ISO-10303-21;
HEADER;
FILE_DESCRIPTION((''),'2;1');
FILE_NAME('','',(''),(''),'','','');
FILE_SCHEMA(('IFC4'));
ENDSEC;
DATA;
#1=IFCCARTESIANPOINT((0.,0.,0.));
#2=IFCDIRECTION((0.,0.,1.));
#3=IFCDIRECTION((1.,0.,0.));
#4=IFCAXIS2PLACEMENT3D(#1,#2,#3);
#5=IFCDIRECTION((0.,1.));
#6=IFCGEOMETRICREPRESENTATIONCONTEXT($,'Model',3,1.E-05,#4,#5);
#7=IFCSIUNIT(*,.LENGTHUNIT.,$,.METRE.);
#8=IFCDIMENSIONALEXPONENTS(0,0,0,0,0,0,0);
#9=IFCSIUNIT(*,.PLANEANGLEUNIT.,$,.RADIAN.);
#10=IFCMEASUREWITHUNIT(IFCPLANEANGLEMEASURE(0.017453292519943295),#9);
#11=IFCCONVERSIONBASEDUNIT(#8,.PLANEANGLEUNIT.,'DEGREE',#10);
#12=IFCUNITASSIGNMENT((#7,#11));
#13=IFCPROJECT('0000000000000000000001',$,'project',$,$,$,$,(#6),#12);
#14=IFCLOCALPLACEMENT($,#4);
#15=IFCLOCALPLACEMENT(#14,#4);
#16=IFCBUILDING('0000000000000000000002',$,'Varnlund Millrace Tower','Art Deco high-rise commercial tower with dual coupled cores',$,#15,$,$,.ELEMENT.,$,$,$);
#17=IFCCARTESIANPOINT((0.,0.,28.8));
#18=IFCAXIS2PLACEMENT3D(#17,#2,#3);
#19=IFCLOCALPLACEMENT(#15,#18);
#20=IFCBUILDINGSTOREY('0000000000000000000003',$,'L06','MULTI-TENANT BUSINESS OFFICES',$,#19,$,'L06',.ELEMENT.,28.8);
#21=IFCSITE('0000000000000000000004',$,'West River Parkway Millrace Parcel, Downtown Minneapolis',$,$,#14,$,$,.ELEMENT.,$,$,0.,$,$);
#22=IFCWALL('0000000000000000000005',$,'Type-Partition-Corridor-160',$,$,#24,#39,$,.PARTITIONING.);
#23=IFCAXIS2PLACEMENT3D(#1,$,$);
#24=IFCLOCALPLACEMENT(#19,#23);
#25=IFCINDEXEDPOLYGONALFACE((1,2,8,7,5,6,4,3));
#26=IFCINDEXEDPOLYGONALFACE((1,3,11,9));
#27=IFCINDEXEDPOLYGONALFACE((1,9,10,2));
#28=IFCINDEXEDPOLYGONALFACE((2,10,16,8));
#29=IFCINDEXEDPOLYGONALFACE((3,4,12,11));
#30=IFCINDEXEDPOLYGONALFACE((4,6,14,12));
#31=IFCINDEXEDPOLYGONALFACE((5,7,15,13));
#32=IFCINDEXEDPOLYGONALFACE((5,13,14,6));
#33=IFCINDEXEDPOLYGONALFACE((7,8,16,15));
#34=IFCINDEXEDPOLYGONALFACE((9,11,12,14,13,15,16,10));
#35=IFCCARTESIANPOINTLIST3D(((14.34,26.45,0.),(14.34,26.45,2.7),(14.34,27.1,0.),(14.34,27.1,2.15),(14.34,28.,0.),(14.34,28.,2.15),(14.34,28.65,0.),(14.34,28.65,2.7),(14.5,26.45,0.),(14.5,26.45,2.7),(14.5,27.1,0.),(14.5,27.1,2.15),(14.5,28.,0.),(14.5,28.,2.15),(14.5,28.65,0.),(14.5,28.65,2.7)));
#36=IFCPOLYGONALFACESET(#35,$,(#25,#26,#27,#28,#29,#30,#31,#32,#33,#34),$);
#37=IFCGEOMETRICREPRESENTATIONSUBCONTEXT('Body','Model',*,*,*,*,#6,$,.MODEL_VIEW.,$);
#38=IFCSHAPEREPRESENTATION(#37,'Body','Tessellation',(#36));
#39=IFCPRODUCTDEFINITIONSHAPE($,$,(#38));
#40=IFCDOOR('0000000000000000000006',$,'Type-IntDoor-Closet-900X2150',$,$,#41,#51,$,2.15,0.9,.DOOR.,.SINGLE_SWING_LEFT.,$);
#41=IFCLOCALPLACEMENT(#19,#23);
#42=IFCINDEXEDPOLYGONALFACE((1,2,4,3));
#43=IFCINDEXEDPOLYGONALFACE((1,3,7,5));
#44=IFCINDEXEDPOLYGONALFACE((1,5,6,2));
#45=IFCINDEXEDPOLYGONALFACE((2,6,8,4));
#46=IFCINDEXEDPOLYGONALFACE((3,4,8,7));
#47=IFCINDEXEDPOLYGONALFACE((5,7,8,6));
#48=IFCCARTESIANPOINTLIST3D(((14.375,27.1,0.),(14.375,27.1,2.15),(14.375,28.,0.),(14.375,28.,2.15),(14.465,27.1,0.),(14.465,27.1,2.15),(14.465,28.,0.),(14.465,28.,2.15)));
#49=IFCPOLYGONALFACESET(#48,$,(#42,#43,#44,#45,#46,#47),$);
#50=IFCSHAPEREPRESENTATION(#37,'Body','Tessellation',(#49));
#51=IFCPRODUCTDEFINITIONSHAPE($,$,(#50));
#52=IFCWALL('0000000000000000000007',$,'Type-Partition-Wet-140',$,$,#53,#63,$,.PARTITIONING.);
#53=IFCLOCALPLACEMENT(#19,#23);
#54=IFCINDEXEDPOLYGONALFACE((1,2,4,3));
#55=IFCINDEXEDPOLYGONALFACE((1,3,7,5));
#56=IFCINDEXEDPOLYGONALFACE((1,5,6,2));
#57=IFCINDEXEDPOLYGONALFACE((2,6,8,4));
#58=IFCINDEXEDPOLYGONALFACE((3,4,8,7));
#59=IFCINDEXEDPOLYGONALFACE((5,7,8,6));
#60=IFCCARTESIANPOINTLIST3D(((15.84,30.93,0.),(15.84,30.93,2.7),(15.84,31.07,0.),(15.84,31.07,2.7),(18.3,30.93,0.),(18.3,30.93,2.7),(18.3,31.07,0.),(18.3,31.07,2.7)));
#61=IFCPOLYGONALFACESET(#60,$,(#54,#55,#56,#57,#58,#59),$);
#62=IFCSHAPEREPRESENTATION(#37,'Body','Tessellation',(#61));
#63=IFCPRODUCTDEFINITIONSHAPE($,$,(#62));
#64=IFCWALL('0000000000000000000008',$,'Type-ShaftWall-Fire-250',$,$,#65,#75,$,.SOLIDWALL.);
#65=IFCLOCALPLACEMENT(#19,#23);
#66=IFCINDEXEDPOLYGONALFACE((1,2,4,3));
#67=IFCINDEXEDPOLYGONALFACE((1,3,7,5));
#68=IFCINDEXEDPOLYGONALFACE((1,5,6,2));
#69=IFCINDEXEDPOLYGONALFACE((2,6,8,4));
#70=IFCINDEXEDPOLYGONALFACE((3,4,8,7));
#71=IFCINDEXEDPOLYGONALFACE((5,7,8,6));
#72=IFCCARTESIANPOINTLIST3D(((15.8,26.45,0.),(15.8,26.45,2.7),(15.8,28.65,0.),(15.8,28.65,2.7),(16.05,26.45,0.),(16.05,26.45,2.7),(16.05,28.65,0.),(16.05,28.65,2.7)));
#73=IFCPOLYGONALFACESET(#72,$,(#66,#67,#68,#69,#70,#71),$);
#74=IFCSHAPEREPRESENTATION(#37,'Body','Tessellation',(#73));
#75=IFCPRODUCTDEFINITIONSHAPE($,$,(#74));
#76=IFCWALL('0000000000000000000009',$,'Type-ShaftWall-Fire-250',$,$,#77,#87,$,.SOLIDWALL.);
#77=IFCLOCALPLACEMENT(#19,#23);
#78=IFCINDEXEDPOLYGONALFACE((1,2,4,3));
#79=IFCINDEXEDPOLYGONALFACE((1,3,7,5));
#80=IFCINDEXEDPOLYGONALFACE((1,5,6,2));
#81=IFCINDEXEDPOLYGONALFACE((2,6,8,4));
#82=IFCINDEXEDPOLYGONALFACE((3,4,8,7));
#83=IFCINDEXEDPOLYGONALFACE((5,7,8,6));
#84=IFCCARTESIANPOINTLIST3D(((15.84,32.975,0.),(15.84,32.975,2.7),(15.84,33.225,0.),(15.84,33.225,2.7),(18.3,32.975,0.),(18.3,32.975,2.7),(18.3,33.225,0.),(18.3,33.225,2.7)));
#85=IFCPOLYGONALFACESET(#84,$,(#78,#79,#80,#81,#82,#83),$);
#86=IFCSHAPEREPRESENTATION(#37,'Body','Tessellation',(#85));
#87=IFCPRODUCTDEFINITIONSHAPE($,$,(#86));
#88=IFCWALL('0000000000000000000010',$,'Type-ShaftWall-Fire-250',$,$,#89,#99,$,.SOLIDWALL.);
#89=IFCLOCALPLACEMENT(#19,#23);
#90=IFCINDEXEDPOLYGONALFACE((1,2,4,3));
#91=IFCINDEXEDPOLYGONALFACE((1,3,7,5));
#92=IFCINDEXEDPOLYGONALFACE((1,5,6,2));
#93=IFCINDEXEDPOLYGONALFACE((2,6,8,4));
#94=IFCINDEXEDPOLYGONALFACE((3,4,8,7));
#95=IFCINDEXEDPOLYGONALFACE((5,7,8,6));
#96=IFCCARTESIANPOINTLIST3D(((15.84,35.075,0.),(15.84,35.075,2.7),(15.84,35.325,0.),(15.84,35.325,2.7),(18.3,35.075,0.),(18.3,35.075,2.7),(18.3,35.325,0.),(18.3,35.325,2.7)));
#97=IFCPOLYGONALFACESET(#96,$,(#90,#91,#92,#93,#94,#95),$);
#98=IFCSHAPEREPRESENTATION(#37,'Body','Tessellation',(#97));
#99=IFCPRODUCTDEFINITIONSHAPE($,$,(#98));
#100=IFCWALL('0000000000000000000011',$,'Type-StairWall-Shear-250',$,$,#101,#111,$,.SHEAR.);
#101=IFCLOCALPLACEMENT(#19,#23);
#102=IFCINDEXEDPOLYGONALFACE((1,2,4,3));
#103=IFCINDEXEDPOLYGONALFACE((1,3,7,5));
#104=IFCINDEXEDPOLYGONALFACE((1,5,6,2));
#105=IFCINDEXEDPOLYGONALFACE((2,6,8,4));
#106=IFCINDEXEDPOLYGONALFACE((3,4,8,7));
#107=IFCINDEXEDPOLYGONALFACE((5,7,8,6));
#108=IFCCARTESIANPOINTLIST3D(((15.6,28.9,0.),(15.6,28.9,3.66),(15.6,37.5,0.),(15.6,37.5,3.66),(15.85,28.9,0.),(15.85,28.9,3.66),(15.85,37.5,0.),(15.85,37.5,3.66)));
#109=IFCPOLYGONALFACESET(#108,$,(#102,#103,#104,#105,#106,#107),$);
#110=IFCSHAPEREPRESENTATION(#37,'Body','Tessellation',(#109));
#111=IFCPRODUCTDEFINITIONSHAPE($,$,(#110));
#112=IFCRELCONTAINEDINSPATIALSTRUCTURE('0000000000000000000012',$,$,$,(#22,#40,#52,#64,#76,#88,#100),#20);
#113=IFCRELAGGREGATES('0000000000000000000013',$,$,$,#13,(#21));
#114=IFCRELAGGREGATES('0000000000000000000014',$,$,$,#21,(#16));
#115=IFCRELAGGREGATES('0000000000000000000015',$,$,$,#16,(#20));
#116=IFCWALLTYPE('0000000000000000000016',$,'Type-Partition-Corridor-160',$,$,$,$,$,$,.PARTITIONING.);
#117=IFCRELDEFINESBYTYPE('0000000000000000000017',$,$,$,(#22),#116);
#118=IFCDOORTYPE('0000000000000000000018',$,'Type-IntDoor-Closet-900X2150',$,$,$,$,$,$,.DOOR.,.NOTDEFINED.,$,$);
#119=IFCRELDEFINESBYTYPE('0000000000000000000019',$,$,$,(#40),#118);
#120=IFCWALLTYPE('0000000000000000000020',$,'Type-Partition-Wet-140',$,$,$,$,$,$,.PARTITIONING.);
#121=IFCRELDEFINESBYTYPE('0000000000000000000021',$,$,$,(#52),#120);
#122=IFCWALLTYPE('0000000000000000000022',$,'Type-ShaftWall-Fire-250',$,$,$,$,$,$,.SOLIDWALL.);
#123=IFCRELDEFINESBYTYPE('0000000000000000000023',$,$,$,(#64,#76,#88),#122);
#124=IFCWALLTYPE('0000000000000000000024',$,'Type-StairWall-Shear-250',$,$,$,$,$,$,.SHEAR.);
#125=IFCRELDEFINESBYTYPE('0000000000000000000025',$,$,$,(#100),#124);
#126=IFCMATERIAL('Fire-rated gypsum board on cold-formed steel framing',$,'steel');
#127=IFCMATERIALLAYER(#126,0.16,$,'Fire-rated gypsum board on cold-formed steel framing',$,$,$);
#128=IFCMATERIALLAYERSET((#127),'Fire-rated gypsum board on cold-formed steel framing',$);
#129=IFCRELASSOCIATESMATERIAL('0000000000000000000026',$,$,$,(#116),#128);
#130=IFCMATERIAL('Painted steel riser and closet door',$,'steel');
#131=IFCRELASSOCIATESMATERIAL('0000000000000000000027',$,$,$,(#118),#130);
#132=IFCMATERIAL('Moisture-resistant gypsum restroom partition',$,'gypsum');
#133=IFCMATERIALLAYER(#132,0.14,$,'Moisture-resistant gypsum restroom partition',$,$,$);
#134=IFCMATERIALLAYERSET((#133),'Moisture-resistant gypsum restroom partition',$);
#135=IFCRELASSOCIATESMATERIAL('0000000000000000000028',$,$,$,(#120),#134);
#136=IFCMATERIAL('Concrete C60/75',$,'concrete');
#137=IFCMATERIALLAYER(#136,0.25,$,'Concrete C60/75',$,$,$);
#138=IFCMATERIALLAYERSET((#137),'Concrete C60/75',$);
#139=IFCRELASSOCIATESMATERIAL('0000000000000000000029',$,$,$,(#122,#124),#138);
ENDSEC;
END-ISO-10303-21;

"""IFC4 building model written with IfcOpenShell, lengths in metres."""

from ifc_helpers import new_model, entity, si_unit, converted_unit, direction, frame, origin_with_axes, origin_2d_with_axis, place, context, subcontext, project, spatial, polyline, rectangle, outline, extrude, material, layer, layer_set, type_object, element, fill, save


model = new_model("IFC4")

# Units and contexts
model_context = context("Model", 3, precision=1e-05, world=origin_with_axes(), true_north=direction((0.0, 1.0)))
body_context = subcontext(model_context, "Body", "Model", "MODEL_VIEW")
ifc_project = project(units=[si_unit("LENGTHUNIT", "METRE"), converted_unit("PLANEANGLEUNIT", "DEGREE", entity("IfcPlaneAngleMeasure", 0.017453292519943295), si_unit("PLANEANGLEUNIT", "RADIAN"), dimensions=[0, 0, 0, 0, 0, 0, 0])], contexts=[model_context])

# Site, building, storey
site_placement = place(None, origin_with_axes())
site = spatial("IfcSite", under=ifc_project, at=site_placement, Name="West River Parkway Millrace Parcel, Downtown Minneapolis", CompositionType="ELEMENT", RefElevation=0.0)
building_placement = place(site_placement, origin_with_axes())
building = spatial("IfcBuilding", under=site, at=building_placement, Name="Varnlund Millrace Tower", Description="Art Deco high-rise commercial tower with dual coupled cores", CompositionType="ELEMENT")
storey_placement = place(building_placement, frame((0.0, 0.0, 28.8), z_axis=(0.0, 0.0, 1.0), x_axis=(1.0, 0.0, 0.0)))
storey = spatial("IfcBuildingStorey", under=building, at=storey_placement, Name="L06", Description="MULTI-TENANT BUSINESS OFFICES", LongName="L06", CompositionType="ELEMENT", Elevation=28.8)

# Wall, opening, door
ifc_material_1 = material(Name="Fire-rated gypsum board on cold-formed steel framing", Category="steel")
ifc_layer_1 = layer(ifc_material_1, 0.16, Name="Fire-rated gypsum board on cold-formed steel framing")
ifc_layer_set_1 = layer_set([ifc_layer_1], Name="Fire-rated gypsum board on cold-formed steel framing")
wall_type_1 = type_object("IfcWallType", Name="Type-Partition-Corridor-160", PredefinedType="PARTITIONING", material=ifc_layer_set_1)
ifc_material_2 = material(Name="Painted steel riser and closet door", Category="steel")
door_type_1 = type_object("IfcDoorType", Name="Type-IntDoor-Closet-900X2150", OperationType="NOTDEFINED", PredefinedType="DOOR", material=ifc_material_2)
wall_1_placement = place(storey_placement, frame((14.42, 26.45, 0.0), z_axis=(0.0, 0.0, 1.0), x_axis=(0.0, 1.0, 0.0)))
wall_1 = element("IfcWall", 1, at=wall_1_placement, inside=storey, type_object=wall_type_1, Name="Type-Partition-Corridor-160", PredefinedType="PARTITIONING", context=body_context, shape_type="SweptSolid", body=[
    extrude(outline(polyline([(0.0, -0.08), (2.2, -0.08), (2.2, 0.08), (0.0, 0.08), (0.0, -0.08)])), origin_with_axes(), (0.0, 0.0, 1.0), 2.7),
])
opening_1_placement = place(wall_1_placement, frame((1.1, 0.0, 0.0), z_axis=(0.0, 0.0, 1.0), x_axis=(1.0, 0.0, 0.0)))
opening_1 = element("IfcOpeningElement", 2, at=opening_1_placement, cuts=wall_1, PredefinedType="OPENING", context=body_context, shape_type="SweptSolid", body=[
    extrude(rectangle(XDim=0.9, YDim=0.18, at=origin_2d_with_axis()), origin_with_axes(), (0.0, 0.0, 1.0), 2.15),
])
door_1_placement = place(wall_1_placement, frame((1.1, 0.0, 0.0), z_axis=(0.0, 0.0, 1.0), x_axis=(1.0, 0.0, 0.0)))
door_1 = element("IfcDoor", 3, at=door_1_placement, inside=storey, type_object=door_type_1, Name="Type-IntDoor-Closet-900X2150", OperationType="SINGLE_SWING_LEFT", OverallHeight=2.15, OverallWidth=0.9, PredefinedType="DOOR", context=body_context, shape_type="SweptSolid", body=[
    extrude(rectangle(XDim=0.9, YDim=0.09, at=origin_2d_with_axis()), origin_with_axes(), (0.0, 0.0, 1.0), 2.15),
])
fill(opening_1, door_1)

# Walls
ifc_material_3 = material(Name="Moisture-resistant gypsum restroom partition", Category="gypsum")
ifc_layer_2 = layer(ifc_material_3, 0.14, Name="Moisture-resistant gypsum restroom partition")
ifc_layer_set_2 = layer_set([ifc_layer_2], Name="Moisture-resistant gypsum restroom partition")
wall_type_2 = type_object("IfcWallType", Name="Type-Partition-Wet-140", PredefinedType="PARTITIONING", material=ifc_layer_set_2)
wall_2_placement = place(storey_placement, frame((15.84, 31.0, 0.0), z_axis=(0.0, 0.0, 1.0), x_axis=(1.0, 0.0, 0.0)))
element("IfcWall", 4, at=wall_2_placement, inside=storey, type_object=wall_type_2, Name="Type-Partition-Wet-140", PredefinedType="PARTITIONING", context=body_context, shape_type="SweptSolid", body=[
    extrude(outline(polyline([(0.0, -0.07), (2.46, -0.07), (2.46, 0.07), (0.0, 0.07), (0.0, -0.07)])), origin_with_axes(), (0.0, 0.0, 1.0), 2.7),
])
ifc_material_4 = material(Name="Concrete C60/75", Category="concrete")
ifc_layer_3 = layer(ifc_material_4, 0.25, Name="Concrete C60/75")
ifc_layer_set_3 = layer_set([ifc_layer_3], Name="Concrete C60/75")
wall_type_3 = type_object("IfcWallType", Name="Type-ShaftWall-Fire-250", PredefinedType="SOLIDWALL", material=ifc_layer_set_3)
wall_3_placement = place(storey_placement, frame((15.925, 26.45, 0.0), z_axis=(0.0, 0.0, 1.0), x_axis=(0.0, 1.0, 0.0)))
element("IfcWall", 5, at=wall_3_placement, inside=storey, type_object=wall_type_3, Name="Type-ShaftWall-Fire-250", PredefinedType="SOLIDWALL", context=body_context, shape_type="SweptSolid", body=[
    extrude(outline(polyline([(0.0, -0.125), (2.2, -0.125), (2.2, 0.125), (0.0, 0.125), (0.0, -0.125)])), origin_with_axes(), (0.0, 0.0, 1.0), 2.7),
])
for number, where, z_axis, x_axis, name in (
    (6, (15.84, 33.1, 0.0), (0.0, 0.0, 1.0), (1.0, 0.0, 0.0), "Type-ShaftWall-Fire-250"),
    (7, (15.84, 35.2, 0.0), (0.0, 0.0, 1.0), (1.0, 0.0, 0.0), "Type-ShaftWall-Fire-250"),
):
    element("IfcWall", number, at=place(storey_placement, frame(where, z_axis=z_axis, x_axis=x_axis)), inside=storey, type_object=wall_type_3, Name=name, PredefinedType="SOLIDWALL", context=body_context, shape_type="SweptSolid", body=[
        extrude(outline(polyline([(0.0, -0.125), (2.46, -0.125), (2.46, 0.125), (0.0, 0.125), (0.0, -0.125)])), origin_with_axes(), (0.0, 0.0, 1.0), 2.7),
    ])
wall_type_4 = type_object("IfcWallType", Name="Type-StairWall-Shear-250", PredefinedType="SHEAR", material=ifc_layer_set_3)
wall_4_placement = place(storey_placement, frame((15.725, 28.9, 0.0), z_axis=(0.0, 0.0, 1.0), x_axis=(0.0, 1.0, 0.0)))
element("IfcWall", 8, at=wall_4_placement, inside=storey, type_object=wall_type_4, Name="Type-StairWall-Shear-250", PredefinedType="SHEAR", context=body_context, shape_type="SweptSolid", body=[
    extrude(outline(polyline([(0.0, -0.125), (8.6, -0.125), (8.6, 0.125), (0.0, 0.125), (0.0, -0.125)])), origin_with_axes(), (0.0, 0.0, 1.0), 3.66),
])

save(model, "model.ifc")
